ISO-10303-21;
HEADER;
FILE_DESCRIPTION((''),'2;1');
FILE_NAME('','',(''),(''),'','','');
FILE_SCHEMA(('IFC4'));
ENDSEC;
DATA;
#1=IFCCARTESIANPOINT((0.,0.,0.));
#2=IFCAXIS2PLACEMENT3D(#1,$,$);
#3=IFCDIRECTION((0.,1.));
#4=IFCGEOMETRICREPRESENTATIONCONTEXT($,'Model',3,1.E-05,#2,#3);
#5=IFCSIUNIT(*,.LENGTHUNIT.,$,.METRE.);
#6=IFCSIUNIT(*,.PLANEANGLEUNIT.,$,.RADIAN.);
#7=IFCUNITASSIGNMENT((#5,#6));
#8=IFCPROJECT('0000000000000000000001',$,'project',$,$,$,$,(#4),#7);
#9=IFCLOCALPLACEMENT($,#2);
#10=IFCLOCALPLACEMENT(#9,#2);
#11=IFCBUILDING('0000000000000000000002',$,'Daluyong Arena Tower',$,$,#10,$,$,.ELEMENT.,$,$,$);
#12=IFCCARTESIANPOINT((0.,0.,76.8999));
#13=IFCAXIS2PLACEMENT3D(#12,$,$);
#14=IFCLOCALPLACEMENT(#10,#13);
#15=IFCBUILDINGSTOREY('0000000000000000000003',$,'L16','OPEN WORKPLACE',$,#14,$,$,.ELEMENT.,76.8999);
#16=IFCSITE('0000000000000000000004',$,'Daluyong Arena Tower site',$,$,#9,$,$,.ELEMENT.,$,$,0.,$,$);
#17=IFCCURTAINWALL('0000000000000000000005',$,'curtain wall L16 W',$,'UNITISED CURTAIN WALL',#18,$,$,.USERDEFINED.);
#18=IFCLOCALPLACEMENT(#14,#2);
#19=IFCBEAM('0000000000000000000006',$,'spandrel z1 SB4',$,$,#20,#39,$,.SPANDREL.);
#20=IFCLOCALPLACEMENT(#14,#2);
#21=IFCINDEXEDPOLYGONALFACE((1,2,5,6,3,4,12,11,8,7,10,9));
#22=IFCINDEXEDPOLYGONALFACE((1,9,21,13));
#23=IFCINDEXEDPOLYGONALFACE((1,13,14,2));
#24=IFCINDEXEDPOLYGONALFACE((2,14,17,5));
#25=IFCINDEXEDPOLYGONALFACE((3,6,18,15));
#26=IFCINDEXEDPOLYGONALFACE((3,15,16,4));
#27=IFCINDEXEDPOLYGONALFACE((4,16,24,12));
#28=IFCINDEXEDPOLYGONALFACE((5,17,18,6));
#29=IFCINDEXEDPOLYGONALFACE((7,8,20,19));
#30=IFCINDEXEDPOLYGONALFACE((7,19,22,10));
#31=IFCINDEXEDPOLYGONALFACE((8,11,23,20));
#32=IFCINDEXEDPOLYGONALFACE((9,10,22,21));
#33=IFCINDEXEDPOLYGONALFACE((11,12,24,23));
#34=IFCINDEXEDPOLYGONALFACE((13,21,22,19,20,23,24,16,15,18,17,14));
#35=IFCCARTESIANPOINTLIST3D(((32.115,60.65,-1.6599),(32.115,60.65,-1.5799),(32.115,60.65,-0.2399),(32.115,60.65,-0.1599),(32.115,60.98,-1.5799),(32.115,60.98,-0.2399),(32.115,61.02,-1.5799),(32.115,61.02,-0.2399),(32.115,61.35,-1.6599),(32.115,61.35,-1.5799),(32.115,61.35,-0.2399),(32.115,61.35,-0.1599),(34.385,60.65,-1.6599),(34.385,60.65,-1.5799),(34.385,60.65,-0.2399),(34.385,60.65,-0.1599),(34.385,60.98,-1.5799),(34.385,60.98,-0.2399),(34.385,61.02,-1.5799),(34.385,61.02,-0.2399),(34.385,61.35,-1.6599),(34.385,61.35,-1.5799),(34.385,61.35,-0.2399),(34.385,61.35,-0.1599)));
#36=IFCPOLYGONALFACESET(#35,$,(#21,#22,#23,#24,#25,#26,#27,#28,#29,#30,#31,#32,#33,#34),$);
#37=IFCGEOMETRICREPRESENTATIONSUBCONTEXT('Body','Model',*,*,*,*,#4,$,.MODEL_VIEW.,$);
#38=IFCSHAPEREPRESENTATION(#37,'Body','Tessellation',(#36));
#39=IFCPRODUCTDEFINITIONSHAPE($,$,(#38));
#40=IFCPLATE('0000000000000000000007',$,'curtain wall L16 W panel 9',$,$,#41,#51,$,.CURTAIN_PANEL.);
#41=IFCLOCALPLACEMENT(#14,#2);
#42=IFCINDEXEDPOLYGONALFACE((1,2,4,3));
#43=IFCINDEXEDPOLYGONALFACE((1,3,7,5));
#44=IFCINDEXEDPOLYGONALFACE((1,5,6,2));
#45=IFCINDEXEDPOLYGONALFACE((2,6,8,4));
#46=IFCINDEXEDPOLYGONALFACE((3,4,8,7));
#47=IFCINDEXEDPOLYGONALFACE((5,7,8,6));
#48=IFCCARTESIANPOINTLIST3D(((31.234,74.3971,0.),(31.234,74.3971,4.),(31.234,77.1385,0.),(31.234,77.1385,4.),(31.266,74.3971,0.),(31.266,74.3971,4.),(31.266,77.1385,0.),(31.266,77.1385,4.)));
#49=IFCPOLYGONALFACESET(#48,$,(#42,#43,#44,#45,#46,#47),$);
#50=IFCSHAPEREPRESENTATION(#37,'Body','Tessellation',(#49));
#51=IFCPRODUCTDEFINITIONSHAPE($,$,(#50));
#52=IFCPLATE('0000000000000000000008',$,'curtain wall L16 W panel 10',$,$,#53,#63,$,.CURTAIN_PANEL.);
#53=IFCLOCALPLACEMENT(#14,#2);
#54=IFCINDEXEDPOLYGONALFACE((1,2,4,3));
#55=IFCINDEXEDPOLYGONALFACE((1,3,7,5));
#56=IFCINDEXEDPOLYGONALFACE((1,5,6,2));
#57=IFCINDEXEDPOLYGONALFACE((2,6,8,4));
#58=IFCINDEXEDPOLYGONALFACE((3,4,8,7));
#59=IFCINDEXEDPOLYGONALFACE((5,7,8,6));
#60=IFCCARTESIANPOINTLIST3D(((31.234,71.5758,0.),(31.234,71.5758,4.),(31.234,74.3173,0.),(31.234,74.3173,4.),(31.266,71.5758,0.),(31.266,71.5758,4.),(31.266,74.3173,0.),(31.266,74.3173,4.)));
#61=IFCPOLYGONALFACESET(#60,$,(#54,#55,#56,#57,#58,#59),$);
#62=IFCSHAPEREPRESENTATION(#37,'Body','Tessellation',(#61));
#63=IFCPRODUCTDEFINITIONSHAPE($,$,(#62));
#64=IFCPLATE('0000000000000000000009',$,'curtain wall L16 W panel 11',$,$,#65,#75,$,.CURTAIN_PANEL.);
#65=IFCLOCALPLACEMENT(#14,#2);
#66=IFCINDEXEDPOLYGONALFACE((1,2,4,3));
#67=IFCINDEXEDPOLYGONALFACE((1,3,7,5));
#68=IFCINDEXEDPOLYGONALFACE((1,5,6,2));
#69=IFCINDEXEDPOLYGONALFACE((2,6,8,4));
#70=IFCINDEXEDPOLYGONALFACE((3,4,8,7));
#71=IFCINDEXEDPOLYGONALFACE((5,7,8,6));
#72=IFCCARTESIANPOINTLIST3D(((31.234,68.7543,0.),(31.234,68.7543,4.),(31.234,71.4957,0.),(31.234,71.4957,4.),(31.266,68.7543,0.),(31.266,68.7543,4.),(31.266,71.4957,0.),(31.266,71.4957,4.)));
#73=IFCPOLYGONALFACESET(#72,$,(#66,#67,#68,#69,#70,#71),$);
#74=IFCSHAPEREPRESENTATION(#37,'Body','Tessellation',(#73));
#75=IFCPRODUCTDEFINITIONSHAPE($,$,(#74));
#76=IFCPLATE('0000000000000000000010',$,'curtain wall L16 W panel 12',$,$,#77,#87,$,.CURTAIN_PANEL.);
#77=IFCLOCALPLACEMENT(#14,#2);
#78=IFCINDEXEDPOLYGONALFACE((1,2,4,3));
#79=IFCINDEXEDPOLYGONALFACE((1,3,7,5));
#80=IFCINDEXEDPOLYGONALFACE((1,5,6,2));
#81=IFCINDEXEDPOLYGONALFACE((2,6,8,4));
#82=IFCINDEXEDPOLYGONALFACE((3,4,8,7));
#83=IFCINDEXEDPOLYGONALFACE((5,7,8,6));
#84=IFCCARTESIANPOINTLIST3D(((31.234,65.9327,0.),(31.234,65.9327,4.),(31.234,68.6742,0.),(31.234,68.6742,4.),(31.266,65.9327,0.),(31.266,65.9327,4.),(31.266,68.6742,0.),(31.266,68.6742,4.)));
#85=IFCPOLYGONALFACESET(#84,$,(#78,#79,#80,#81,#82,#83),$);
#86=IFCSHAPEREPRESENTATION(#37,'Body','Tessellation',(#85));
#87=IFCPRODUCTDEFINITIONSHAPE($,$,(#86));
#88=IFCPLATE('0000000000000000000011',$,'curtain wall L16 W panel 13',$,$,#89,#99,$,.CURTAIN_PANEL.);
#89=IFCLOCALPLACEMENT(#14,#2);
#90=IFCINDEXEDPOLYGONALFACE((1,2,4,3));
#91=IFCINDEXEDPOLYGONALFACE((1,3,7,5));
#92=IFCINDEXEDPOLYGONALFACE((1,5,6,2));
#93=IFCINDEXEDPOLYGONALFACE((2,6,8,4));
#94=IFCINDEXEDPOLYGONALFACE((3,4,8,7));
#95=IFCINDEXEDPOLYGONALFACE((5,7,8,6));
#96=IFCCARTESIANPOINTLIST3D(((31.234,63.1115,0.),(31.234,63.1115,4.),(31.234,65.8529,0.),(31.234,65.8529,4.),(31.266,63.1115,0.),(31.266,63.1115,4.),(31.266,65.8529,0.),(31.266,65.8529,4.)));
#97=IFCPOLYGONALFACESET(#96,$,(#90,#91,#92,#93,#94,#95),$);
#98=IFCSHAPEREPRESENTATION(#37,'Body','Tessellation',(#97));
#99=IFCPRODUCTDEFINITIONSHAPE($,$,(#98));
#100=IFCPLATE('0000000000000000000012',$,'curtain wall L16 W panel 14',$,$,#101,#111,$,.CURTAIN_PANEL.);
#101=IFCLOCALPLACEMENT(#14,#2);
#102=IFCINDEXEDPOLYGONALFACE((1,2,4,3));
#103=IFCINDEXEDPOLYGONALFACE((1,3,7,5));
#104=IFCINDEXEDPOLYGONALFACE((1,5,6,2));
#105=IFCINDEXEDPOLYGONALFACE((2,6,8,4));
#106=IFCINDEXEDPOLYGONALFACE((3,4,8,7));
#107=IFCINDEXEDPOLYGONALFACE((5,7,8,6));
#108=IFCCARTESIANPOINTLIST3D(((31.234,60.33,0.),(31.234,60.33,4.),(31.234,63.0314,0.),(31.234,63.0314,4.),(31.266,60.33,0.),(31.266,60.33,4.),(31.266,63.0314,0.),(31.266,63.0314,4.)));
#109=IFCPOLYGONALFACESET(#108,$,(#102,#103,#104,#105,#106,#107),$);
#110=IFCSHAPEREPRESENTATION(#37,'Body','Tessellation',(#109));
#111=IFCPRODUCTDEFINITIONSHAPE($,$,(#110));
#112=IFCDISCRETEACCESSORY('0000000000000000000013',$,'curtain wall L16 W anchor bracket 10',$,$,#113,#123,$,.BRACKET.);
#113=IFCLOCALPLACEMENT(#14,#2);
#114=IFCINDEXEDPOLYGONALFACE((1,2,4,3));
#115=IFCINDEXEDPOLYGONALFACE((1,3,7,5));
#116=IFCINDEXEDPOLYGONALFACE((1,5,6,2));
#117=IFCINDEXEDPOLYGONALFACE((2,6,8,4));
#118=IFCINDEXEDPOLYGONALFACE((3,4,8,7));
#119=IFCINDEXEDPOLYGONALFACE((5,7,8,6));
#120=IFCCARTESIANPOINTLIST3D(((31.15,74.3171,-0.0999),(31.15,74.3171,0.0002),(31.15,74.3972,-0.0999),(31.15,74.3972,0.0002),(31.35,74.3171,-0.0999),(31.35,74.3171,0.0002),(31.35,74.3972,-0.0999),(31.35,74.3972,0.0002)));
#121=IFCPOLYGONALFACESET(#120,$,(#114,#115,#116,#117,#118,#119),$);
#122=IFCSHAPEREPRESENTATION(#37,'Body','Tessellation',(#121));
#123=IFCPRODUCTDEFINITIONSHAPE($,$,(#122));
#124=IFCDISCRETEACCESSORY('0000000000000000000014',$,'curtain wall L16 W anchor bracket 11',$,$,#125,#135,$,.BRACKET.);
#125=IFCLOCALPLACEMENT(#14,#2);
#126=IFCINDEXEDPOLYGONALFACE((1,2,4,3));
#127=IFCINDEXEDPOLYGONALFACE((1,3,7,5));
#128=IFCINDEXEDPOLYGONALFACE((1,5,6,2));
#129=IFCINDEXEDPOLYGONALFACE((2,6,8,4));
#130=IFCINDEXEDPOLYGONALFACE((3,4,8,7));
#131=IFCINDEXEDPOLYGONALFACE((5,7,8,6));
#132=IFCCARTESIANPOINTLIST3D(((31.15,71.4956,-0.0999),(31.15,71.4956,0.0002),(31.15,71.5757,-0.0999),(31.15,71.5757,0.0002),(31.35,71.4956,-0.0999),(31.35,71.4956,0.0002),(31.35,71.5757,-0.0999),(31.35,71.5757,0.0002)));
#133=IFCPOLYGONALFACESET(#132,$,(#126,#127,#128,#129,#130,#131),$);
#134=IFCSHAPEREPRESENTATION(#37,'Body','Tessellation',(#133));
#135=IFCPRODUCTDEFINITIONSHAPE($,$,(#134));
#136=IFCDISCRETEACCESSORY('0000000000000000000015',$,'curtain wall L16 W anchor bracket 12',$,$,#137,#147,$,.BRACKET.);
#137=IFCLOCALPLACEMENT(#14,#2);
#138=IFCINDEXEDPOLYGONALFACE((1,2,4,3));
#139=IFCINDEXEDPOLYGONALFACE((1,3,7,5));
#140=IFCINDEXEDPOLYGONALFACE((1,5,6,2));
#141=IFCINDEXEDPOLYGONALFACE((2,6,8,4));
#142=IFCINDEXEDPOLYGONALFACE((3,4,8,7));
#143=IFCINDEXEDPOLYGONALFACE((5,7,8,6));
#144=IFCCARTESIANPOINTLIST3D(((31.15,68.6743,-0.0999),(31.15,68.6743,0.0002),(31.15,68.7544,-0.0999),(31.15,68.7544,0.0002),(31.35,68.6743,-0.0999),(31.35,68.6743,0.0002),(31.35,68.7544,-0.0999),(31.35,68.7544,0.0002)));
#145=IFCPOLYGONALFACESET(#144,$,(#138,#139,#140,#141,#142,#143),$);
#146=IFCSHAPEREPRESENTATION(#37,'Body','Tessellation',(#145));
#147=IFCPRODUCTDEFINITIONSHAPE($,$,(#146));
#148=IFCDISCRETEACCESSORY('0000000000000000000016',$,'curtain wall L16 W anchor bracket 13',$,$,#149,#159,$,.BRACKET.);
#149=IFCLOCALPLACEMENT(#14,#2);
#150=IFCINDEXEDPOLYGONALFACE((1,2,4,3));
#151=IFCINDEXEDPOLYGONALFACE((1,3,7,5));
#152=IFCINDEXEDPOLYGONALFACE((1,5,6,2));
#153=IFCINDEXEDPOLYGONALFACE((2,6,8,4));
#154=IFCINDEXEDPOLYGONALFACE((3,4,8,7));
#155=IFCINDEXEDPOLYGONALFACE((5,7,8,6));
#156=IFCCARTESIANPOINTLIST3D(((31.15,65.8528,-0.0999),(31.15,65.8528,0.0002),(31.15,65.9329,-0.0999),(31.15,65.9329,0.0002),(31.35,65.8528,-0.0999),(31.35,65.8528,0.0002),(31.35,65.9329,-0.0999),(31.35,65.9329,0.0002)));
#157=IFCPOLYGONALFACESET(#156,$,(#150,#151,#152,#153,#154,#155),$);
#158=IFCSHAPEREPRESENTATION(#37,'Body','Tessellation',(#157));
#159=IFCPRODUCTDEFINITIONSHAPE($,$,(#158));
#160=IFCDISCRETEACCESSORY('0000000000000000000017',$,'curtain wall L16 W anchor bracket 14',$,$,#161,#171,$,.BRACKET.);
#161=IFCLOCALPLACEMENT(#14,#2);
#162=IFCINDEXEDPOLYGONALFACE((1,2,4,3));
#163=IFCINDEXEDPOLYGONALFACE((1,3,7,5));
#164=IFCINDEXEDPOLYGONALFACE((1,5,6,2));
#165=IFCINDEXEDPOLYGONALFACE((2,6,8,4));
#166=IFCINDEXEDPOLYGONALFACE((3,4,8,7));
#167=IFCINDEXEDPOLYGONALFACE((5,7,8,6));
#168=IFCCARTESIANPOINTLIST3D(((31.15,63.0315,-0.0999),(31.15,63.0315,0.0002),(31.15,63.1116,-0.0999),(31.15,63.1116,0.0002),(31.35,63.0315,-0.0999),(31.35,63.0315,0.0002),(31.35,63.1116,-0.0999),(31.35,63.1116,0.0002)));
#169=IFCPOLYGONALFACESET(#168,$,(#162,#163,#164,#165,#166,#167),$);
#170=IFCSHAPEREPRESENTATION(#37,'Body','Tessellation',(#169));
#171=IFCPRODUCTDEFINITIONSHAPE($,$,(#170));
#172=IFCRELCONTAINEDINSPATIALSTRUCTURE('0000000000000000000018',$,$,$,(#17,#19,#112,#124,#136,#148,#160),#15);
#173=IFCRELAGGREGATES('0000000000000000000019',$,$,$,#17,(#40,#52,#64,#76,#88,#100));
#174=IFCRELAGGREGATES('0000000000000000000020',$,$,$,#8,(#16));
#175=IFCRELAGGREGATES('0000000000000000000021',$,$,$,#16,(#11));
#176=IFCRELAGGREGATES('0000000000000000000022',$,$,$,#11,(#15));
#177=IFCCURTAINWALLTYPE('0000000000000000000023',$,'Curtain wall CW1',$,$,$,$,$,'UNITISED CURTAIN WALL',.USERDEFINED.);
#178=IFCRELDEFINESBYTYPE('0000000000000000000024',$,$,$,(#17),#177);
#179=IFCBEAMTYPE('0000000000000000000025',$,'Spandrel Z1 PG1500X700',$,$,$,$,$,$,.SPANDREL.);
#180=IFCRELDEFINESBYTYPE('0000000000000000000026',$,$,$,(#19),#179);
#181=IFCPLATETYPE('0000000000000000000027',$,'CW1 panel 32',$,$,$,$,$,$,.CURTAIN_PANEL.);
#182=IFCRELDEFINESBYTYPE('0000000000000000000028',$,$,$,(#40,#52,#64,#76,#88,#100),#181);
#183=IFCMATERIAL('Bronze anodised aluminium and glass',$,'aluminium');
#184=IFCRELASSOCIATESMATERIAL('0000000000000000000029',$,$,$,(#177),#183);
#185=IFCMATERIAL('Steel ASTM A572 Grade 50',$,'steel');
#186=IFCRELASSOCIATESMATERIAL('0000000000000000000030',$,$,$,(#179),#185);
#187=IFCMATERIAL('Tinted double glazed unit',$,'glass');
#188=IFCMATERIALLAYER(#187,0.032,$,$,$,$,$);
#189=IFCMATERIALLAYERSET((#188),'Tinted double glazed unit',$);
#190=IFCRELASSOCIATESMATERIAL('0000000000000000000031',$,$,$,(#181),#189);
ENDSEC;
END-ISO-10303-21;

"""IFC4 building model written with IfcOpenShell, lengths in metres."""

from ifc_helpers import new_model, si_unit, direction, frame, origin, origin_2d, place, context, subcontext, project, spatial, rectangle, i_section, extrude, material, layer, layer_set, material_profile, profile_set, type_object, element, aggregate, save


model = new_model("IFC4")

# Units and contexts
model_context = context("Model", 3, precision=1e-05, world=origin(), true_north=direction((0.0, 1.0)))
body_context = subcontext(model_context, "Body", "Model", "MODEL_VIEW")
ifc_project = project(units=[si_unit("LENGTHUNIT", "METRE"), si_unit("PLANEANGLEUNIT", "RADIAN")], contexts=[model_context])

# Site, building, storey
site_placement = place(None, origin())
site = spatial("IfcSite", under=ifc_project, at=site_placement, Name="Daluyong Arena Tower site", CompositionType="ELEMENT", RefElevation=0.0)
building_placement = place(site_placement, origin())
building = spatial("IfcBuilding", under=site, at=building_placement, Name="Daluyong Arena Tower", CompositionType="ELEMENT")
storey_placement = place(building_placement, frame((0.0, 0.0, 76.8999)))
storey = spatial("IfcBuildingStorey", under=building, at=storey_placement, Name="L16", Description="OPEN WORKPLACE", CompositionType="ELEMENT", Elevation=76.8999)

# Curtain wall
ifc_material_1 = material(Name="Bronze anodised aluminium and glass", Category="aluminium")
curtain_wall_type_1 = type_object("IfcCurtainWallType", Name="Curtain wall CW1", ElementType="UNITISED CURTAIN WALL", PredefinedType="USERDEFINED", material=ifc_material_1)
curtain_wall_1_placement = place(storey_placement, origin())
curtain_wall_1 = element("IfcCurtainWall", 1, at=curtain_wall_1_placement, inside=storey, type_object=curtain_wall_type_1, Name="curtain wall L16 W", ObjectType="UNITISED CURTAIN WALL", PredefinedType="USERDEFINED")

# Beam
ifc_material_2 = material(Name="Steel ASTM A572 Grade 50", Category="steel")
ifc_material_profile_1 = material_profile(ifc_material_2, i_section(OverallWidth=0.7, OverallDepth=1.5, WebThickness=0.04, FlangeThickness=0.08, at=origin_2d()))
ifc_profile_set_1 = profile_set([ifc_material_profile_1], Name="Steel ASTM A572 Grade 50")
beam_type_1 = type_object("IfcBeamType", Name="Spandrel Z1 PG1500X700", PredefinedType="SPANDREL", material=ifc_profile_set_1)
beam_1_placement = place(storey_placement, frame((32.115, 61.0, -0.9099), z_axis=(1.0, 0.0, 0.0), x_axis=(0.0, 1.0, 0.0)))
element("IfcBeam", 2, at=beam_1_placement, inside=storey, type_object=beam_type_1, Name="spandrel z1 SB4", PredefinedType="SPANDREL", context=body_context, shape_type="SweptSolid", body=[
    extrude(i_section(OverallWidth=0.7, OverallDepth=1.5, WebThickness=0.04, FlangeThickness=0.08, at=origin_2d()), origin(), (0.0, 0.0, 1.0), 2.27),
])

# Plates
ifc_material_3 = material(Name="Tinted double glazed unit", Category="glass")
ifc_layer = layer(ifc_material_3, 0.032)
ifc_layer_set = layer_set([ifc_layer], Name="Tinted double glazed unit")
plate_type = type_object("IfcPlateType", Name="CW1 panel 32", PredefinedType="CURTAIN_PANEL", material=ifc_layer_set)
plate_1_placement = place(storey_placement, frame((31.25, 75.7678, 0.0), z_axis=(0.0, 0.0, 1.0), x_axis=(0.0, -1.0, 0.0)))
plate_1 = element("IfcPlate", 3, at=plate_1_placement, type_object=plate_type, Name="curtain wall L16 W panel 9", PredefinedType="CURTAIN_PANEL", context=body_context, shape_type="SweptSolid", body=[
    extrude(rectangle(XDim=2.7415, YDim=0.032, at=origin_2d()), origin(), (0.0, 0.0, 1.0), 4.0),
])
plate_2_placement = place(storey_placement, frame((31.25, 72.9465, 0.0), z_axis=(0.0, 0.0, 1.0), x_axis=(0.0, -1.0, 0.0)))
plate_2 = element("IfcPlate", 4, at=plate_2_placement, type_object=plate_type, Name="curtain wall L16 W panel 10", PredefinedType="CURTAIN_PANEL", context=body_context, shape_type="SweptSolid", body=[
    extrude(rectangle(XDim=2.7415, YDim=0.032, at=origin_2d()), origin(), (0.0, 0.0, 1.0), 4.0),
])
plate_3_placement = place(storey_placement, frame((31.25, 70.125, 0.0), z_axis=(0.0, 0.0, 1.0), x_axis=(0.0, -1.0, 0.0)))
plate_3 = element("IfcPlate", 5, at=plate_3_placement, type_object=plate_type, Name="curtain wall L16 W panel 11", PredefinedType="CURTAIN_PANEL", context=body_context, shape_type="SweptSolid", body=[
    extrude(rectangle(XDim=2.7415, YDim=0.032, at=origin_2d()), origin(), (0.0, 0.0, 1.0), 4.0),
])
plate_4_placement = place(storey_placement, frame((31.25, 67.3035, 0.0), z_axis=(0.0, 0.0, 1.0), x_axis=(0.0, -1.0, 0.0)))
plate_4 = element("IfcPlate", 6, at=plate_4_placement, type_object=plate_type, Name="curtain wall L16 W panel 12", PredefinedType="CURTAIN_PANEL", context=body_context, shape_type="SweptSolid", body=[
    extrude(rectangle(XDim=2.7415, YDim=0.032, at=origin_2d()), origin(), (0.0, 0.0, 1.0), 4.0),
])
plate_5_placement = place(storey_placement, frame((31.25, 64.4822, 0.0), z_axis=(0.0, 0.0, 1.0), x_axis=(0.0, -1.0, 0.0)))
plate_5 = element("IfcPlate", 7, at=plate_5_placement, type_object=plate_type, Name="curtain wall L16 W panel 13", PredefinedType="CURTAIN_PANEL", context=body_context, shape_type="SweptSolid", body=[
    extrude(rectangle(XDim=2.7415, YDim=0.032, at=origin_2d()), origin(), (0.0, 0.0, 1.0), 4.0),
])
plate_6_placement = place(storey_placement, frame((31.25, 61.6807, 0.0), z_axis=(0.0, 0.0, 1.0), x_axis=(0.0, -1.0, 0.0)))
plate_6 = element("IfcPlate", 8, at=plate_6_placement, type_object=plate_type, Name="curtain wall L16 W panel 14", PredefinedType="CURTAIN_PANEL", context=body_context, shape_type="SweptSolid", body=[
    extrude(rectangle(XDim=2.7014, YDim=0.032, at=origin_2d()), origin(), (0.0, 0.0, 1.0), 4.0),
])
aggregate(curtain_wall_1, [plate_1, plate_2, plate_3, plate_4, plate_5, plate_6])

# Discrete accessories
for number, where, z_axis, x_axis, name in (
    (9, (31.25, 74.3572, -0.0999), (0.0, 0.0, 1.0), (0.0, -1.0, 0.0), "curtain wall L16 W anchor bracket 10"),
    (10, (31.25, 71.5356, -0.0999), (0.0, 0.0, 1.0), (0.0, -1.0, 0.0), "curtain wall L16 W anchor bracket 11"),
    (11, (31.25, 68.7144, -0.0999), (0.0, 0.0, 1.0), (0.0, -1.0, 0.0), "curtain wall L16 W anchor bracket 12"),
    (12, (31.25, 65.8928, -0.0999), (0.0, 0.0, 1.0), (0.0, -1.0, 0.0), "curtain wall L16 W anchor bracket 13"),
    (13, (31.25, 63.0715, -0.0999), (0.0, 0.0, 1.0), (0.0, -1.0, 0.0), "curtain wall L16 W anchor bracket 14"),
):
    element("IfcDiscreteAccessory", number, at=place(storey_placement, frame(where, z_axis=z_axis, x_axis=x_axis)), inside=storey, Name=name, PredefinedType="BRACKET", context=body_context, shape_type="SweptSolid", body=[
        extrude(rectangle(XDim=0.0801, YDim=0.2, at=origin_2d()), origin(), (0.0, 0.0, 1.0), 0.1001),
    ])

save(model, "model.ifc")
